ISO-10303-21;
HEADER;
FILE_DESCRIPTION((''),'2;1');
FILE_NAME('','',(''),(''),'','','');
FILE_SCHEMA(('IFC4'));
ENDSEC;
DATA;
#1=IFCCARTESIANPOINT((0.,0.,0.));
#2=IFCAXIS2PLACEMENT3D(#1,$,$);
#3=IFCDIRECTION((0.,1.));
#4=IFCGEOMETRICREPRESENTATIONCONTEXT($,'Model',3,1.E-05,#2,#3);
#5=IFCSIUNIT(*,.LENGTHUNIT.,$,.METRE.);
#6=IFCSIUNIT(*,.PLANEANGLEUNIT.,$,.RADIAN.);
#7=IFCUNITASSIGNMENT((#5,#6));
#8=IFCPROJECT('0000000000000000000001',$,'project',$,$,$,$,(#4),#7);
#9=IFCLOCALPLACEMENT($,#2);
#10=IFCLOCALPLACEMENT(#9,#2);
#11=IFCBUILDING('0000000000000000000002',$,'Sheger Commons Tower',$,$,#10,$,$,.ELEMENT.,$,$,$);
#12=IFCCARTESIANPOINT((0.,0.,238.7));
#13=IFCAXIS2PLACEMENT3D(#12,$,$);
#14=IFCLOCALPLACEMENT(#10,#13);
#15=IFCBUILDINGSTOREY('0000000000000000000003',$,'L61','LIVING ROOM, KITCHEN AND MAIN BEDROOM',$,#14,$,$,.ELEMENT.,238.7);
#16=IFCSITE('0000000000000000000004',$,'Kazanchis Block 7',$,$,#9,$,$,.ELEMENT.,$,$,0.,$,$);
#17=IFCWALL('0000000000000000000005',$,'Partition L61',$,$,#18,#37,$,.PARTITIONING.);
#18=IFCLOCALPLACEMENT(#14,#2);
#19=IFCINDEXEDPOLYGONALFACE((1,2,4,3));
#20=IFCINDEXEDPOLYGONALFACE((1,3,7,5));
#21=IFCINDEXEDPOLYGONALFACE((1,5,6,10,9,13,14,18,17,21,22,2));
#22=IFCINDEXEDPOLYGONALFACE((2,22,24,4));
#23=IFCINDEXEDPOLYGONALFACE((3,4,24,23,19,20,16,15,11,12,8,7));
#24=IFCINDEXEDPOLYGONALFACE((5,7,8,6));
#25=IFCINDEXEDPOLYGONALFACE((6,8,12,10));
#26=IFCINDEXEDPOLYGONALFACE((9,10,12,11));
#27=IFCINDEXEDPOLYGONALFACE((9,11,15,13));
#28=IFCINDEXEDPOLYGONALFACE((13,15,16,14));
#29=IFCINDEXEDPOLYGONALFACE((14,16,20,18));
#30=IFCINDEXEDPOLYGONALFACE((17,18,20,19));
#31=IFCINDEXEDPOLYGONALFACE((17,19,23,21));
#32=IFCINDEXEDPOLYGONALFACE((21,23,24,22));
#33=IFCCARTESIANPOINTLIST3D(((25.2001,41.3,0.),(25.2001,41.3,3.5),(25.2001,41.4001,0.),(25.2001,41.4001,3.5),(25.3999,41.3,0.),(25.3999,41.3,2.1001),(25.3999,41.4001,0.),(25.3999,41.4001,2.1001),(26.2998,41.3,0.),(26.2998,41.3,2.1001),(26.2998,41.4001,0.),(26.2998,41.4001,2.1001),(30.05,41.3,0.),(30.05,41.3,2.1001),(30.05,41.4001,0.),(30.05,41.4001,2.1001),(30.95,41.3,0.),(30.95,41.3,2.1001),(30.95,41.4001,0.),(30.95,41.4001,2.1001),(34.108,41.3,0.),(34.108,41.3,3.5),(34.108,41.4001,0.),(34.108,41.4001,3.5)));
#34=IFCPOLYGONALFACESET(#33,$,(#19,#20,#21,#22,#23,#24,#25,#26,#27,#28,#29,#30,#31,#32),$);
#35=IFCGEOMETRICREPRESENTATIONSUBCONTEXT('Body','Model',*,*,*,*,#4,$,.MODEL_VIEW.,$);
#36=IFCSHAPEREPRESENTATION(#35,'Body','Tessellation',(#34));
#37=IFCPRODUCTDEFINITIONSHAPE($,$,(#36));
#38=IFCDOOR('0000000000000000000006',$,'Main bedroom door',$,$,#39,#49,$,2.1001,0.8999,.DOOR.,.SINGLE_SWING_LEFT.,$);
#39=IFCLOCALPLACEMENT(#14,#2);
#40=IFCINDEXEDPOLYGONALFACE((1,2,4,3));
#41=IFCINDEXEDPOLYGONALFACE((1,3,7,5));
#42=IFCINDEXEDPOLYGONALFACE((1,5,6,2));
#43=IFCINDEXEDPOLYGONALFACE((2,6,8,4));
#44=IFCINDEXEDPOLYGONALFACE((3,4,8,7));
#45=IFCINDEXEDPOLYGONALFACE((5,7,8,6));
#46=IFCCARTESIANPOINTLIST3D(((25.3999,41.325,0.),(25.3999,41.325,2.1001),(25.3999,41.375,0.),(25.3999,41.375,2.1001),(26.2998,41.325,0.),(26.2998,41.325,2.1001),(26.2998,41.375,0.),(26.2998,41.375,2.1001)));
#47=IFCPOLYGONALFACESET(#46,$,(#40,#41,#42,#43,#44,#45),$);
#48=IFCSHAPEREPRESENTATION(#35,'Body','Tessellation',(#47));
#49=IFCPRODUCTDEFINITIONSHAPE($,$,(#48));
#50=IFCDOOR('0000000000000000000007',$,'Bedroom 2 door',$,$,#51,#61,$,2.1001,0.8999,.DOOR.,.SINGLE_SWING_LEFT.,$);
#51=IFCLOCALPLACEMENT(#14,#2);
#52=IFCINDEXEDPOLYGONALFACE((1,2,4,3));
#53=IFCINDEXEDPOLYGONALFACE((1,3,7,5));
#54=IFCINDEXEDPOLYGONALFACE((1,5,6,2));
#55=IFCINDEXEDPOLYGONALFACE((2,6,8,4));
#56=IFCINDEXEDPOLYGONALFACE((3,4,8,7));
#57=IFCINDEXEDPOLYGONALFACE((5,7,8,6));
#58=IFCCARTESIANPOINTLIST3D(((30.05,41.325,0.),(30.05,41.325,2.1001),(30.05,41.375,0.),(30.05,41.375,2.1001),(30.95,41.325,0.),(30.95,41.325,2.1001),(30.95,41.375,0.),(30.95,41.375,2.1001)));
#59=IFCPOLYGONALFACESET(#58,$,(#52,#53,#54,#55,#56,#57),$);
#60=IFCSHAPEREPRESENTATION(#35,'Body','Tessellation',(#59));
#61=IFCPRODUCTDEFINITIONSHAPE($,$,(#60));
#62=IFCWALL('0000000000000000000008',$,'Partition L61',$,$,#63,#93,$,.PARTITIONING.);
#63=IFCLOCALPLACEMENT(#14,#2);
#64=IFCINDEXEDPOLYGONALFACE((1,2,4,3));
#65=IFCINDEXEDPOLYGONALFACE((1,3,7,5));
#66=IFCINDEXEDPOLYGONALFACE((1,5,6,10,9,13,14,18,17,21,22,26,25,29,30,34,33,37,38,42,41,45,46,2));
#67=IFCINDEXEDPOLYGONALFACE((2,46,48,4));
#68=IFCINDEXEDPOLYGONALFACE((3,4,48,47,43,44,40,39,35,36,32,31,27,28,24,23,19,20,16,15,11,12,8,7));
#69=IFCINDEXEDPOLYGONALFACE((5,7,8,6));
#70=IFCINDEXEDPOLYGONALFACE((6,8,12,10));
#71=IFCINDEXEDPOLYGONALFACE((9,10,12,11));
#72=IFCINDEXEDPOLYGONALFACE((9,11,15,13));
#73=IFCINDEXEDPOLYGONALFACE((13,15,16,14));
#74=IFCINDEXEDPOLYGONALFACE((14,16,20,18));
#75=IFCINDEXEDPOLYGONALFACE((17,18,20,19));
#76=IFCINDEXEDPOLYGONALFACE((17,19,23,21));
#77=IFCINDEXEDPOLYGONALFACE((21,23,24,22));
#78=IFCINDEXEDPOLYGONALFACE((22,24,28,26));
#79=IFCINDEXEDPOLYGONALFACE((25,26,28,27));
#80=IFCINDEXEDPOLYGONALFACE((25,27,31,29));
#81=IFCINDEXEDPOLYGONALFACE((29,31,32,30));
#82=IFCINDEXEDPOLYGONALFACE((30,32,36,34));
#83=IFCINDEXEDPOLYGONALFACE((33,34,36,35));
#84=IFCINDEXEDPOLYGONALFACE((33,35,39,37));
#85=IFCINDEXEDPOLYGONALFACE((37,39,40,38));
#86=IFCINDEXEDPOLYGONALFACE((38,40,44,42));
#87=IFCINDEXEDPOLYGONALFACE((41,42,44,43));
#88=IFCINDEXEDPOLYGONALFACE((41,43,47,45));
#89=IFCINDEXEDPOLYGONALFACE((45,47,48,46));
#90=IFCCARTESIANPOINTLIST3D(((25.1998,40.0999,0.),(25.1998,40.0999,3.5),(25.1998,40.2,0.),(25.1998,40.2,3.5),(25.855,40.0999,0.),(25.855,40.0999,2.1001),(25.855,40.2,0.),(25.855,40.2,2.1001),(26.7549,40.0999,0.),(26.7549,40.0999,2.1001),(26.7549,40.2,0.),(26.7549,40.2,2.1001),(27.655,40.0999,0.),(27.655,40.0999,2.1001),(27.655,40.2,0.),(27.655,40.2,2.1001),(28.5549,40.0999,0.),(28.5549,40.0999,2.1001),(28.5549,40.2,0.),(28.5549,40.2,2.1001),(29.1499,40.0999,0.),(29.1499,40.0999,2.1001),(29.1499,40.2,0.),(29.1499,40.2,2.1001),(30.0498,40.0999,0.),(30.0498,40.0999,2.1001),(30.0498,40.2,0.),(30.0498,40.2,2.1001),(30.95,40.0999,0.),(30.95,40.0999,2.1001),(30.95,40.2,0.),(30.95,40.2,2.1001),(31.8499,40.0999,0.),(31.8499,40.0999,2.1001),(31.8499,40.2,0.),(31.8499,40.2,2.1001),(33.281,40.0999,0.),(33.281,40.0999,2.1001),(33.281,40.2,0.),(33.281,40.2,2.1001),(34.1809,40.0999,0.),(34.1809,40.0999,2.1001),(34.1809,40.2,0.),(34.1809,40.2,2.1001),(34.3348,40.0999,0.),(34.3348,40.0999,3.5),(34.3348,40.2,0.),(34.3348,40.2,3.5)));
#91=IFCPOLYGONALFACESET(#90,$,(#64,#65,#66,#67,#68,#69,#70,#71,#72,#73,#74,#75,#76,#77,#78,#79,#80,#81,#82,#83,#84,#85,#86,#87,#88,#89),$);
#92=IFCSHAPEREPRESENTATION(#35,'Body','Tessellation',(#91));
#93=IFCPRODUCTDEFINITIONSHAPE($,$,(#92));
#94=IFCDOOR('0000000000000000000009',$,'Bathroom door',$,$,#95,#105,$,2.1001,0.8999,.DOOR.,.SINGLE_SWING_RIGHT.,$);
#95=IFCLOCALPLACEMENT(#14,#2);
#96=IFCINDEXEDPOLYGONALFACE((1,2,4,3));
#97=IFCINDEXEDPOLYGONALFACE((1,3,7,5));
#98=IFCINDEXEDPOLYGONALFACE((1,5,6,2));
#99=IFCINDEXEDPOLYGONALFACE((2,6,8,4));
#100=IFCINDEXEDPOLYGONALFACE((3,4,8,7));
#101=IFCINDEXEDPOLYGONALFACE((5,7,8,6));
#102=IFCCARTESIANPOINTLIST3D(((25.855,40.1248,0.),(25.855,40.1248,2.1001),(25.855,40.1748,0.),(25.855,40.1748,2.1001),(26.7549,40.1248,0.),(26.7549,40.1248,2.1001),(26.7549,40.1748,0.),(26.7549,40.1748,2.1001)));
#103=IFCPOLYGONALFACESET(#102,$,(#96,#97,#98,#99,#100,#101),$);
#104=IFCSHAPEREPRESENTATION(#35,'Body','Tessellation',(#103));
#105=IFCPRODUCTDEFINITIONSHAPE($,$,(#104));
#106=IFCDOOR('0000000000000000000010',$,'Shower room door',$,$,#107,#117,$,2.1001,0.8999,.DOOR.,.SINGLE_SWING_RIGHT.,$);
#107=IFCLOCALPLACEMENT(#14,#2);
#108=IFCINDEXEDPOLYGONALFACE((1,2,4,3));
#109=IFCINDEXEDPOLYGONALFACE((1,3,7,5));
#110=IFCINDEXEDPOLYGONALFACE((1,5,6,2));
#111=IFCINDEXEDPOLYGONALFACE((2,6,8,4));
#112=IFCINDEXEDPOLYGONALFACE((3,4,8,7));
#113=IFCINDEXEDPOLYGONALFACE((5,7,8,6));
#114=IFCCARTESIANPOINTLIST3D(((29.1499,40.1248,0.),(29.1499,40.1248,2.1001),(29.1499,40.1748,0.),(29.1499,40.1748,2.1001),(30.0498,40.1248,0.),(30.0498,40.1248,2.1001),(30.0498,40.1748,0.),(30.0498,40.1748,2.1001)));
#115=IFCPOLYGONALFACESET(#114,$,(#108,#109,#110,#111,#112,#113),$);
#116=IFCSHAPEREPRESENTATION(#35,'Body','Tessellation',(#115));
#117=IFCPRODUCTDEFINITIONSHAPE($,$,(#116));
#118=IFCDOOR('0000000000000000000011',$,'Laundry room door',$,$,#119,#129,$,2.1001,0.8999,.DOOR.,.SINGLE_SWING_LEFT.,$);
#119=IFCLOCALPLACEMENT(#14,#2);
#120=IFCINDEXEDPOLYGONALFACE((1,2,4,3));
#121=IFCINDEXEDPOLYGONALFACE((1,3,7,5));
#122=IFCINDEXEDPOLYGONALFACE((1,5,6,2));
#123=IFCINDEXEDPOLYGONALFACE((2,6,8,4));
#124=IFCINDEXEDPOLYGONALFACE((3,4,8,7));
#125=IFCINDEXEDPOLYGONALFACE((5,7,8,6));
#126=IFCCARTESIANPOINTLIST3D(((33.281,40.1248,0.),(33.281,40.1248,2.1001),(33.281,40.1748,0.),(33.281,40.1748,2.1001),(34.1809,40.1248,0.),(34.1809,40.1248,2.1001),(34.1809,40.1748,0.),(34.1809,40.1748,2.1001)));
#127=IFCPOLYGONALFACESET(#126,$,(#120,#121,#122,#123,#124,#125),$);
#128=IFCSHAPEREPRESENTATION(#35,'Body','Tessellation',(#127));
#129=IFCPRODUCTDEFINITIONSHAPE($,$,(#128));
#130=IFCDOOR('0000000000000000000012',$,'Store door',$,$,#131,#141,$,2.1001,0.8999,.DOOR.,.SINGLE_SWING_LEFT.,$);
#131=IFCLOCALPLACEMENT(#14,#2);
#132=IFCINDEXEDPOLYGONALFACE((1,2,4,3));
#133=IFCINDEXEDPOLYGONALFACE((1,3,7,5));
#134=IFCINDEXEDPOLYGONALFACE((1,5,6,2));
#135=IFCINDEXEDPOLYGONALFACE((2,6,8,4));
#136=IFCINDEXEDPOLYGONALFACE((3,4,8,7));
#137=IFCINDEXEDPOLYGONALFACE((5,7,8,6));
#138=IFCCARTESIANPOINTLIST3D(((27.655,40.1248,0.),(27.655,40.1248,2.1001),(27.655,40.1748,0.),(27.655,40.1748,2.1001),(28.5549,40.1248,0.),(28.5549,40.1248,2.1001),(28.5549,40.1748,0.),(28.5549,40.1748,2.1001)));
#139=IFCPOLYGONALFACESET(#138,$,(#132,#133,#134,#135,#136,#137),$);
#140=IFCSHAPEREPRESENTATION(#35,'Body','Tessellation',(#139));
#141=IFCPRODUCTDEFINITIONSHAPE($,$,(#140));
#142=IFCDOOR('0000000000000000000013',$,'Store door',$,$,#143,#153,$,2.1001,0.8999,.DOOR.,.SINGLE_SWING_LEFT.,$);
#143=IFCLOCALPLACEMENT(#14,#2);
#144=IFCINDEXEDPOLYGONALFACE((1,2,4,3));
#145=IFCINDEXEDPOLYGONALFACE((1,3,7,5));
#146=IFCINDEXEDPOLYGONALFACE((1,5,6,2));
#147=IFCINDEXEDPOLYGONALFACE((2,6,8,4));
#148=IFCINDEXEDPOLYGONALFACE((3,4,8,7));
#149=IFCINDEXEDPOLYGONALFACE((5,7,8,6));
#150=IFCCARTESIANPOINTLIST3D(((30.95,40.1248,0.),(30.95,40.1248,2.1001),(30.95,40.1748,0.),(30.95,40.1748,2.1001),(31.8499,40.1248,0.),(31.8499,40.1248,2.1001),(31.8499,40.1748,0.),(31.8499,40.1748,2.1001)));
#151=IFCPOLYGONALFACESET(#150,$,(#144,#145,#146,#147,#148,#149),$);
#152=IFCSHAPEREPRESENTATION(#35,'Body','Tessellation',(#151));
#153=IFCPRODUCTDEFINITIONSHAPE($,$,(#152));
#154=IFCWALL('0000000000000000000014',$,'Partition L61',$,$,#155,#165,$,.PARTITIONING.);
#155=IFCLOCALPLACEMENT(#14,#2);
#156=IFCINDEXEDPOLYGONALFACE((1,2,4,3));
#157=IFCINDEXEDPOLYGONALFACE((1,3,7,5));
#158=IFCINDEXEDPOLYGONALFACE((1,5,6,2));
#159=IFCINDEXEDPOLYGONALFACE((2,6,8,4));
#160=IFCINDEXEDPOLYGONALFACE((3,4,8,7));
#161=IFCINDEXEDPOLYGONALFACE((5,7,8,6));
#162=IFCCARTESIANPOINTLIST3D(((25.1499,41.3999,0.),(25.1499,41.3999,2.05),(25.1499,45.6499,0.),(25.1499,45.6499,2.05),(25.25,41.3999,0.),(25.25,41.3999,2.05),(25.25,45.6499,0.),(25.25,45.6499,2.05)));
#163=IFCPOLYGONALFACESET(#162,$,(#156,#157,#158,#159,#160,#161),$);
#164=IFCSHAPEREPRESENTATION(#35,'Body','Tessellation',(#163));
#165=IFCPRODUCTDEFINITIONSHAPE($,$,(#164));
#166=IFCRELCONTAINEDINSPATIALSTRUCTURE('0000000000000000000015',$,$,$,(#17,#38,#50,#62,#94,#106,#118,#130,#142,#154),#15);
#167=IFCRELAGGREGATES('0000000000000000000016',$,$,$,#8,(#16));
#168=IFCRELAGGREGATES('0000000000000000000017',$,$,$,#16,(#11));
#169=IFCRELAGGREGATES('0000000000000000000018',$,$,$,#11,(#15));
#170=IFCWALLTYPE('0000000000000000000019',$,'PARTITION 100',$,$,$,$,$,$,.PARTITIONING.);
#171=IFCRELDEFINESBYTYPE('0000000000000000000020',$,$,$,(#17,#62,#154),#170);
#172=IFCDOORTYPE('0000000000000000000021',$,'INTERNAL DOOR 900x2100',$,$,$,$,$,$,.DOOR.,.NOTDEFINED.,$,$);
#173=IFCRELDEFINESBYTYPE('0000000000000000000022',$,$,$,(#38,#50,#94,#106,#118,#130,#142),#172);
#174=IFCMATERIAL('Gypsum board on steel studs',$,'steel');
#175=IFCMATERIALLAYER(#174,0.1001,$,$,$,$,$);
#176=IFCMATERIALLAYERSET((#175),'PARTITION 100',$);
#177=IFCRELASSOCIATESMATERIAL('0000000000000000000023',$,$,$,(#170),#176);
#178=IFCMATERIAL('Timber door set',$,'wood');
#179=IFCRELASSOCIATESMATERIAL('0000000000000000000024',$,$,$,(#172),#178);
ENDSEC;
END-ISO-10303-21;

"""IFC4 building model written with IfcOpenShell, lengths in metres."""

from ifc_helpers import new_model, si_unit, direction, frame, frame_2d, origin, place, context, subcontext, project, spatial, rectangle, extrude, material, layer, layer_set, type_object, element, fill, save


model = new_model("IFC4")

# Units and contexts
model_context = context("Model", 3, precision=1e-05, world=origin(), true_north=direction((0.0, 1.0)))
body_context = subcontext(model_context, "Body", "Model", "MODEL_VIEW")
ifc_project = project(units=[si_unit("LENGTHUNIT", "METRE"), si_unit("PLANEANGLEUNIT", "RADIAN")], contexts=[model_context])

# Site, building, storey
site_placement = place(None, origin())
site = spatial("IfcSite", under=ifc_project, at=site_placement, Name="Kazanchis Block 7", CompositionType="ELEMENT", RefElevation=0.0)
building_placement = place(site_placement, origin())
building = spatial("IfcBuilding", under=site, at=building_placement, Name="Sheger Commons Tower", CompositionType="ELEMENT")
storey_placement = place(building_placement, frame((0.0, 0.0, 238.7)))
storey = spatial("IfcBuildingStorey", under=building, at=storey_placement, Name="L61", Description="LIVING ROOM, KITCHEN AND MAIN BEDROOM", CompositionType="ELEMENT", Elevation=238.7)

# Walls, openings, doors
ifc_material_1 = material(Name="Gypsum board on steel studs", Category="steel")
ifc_layer_1 = layer(ifc_material_1, 0.1001)
ifc_layer_set_1 = layer_set([ifc_layer_1], Name="PARTITION 100")
wall_type_1 = type_object("IfcWallType", Name="PARTITION 100", PredefinedType="PARTITIONING", material=ifc_layer_set_1)
wall_1_placement = place(storey_placement, frame((25.2, 41.3501, 0.0), z_axis=(0.0, 0.0, 1.0), x_axis=(1.0, 0.0, 0.0)))
wall_1 = element("IfcWall", 1, at=wall_1_placement, inside=storey, type_object=wall_type_1, Name="Partition L61", PredefinedType="PARTITIONING", context=body_context, shape_type="SweptSolid", body=[
    extrude(rectangle(XDim=8.908, YDim=0.1001, at=frame_2d((4.4541, 0.0))), origin(), (0.0, 0.0, 1.0), 3.5),
])
opening_1_placement = place(wall_1_placement, frame((0.2, 0.0, 0.0)))
opening_1 = element("IfcOpeningElement", 2, at=opening_1_placement, cuts=wall_1, PredefinedType="OPENING", context=body_context, shape_type="SweptSolid", body=[
    extrude(rectangle(XDim=0.8999, YDim=2.1001, at=frame_2d((0.45, 1.05))), frame((0.0, 0.0601, 0.0), z_axis=(0.0, -1.0, 0.0), x_axis=(1.0, 0.0, 0.0)), (0.0, 0.0, 1.0), 0.1201),
])
opening_2_placement = place(wall_1_placement, frame((4.8501, 0.0, 0.0)))
opening_2 = element("IfcOpeningElement", 3, at=opening_2_placement, cuts=wall_1, PredefinedType="OPENING", context=body_context, shape_type="SweptSolid", body=[
    extrude(rectangle(XDim=0.8999, YDim=2.1001, at=frame_2d((0.45, 1.05))), frame((0.0, 0.0601, 0.0), z_axis=(0.0, -1.0, 0.0), x_axis=(1.0, 0.0, 0.0)), (0.0, 0.0, 1.0), 0.1201),
])
ifc_material_2 = material(Name="Timber door set", Category="wood")
door_type_1 = type_object("IfcDoorType", Name="INTERNAL DOOR 900x2100", OperationType="NOTDEFINED", PredefinedType="DOOR", material=ifc_material_2)
door_1_placement = place(opening_1_placement, origin())
door_1 = element("IfcDoor", 4, at=door_1_placement, inside=storey, type_object=door_type_1, Name="Main bedroom door", OperationType="SINGLE_SWING_LEFT", OverallHeight=2.1001, OverallWidth=0.8999, PredefinedType="DOOR", context=body_context, shape_type="SweptSolid", body=[
    extrude(rectangle(XDim=0.8999, YDim=2.1001, at=frame_2d((0.45, 1.05))), frame((0.0, 0.0249, 0.0), z_axis=(0.0, -1.0, 0.0), x_axis=(1.0, 0.0, 0.0)), (0.0, 0.0, 1.0), 0.05),
])
fill(opening_1, door_1)
door_2_placement = place(opening_2_placement, origin())
door_2 = element("IfcDoor", 5, at=door_2_placement, inside=storey, type_object=door_type_1, Name="Bedroom 2 door", OperationType="SINGLE_SWING_LEFT", OverallHeight=2.1001, OverallWidth=0.8999, PredefinedType="DOOR", context=body_context, shape_type="SweptSolid", body=[
    extrude(rectangle(XDim=0.8999, YDim=2.1001, at=frame_2d((0.45, 1.05))), frame((0.0, 0.0249, 0.0), z_axis=(0.0, -1.0, 0.0), x_axis=(1.0, 0.0, 0.0)), (0.0, 0.0, 1.0), 0.05),
])
fill(opening_2, door_2)
wall_2_placement = place(storey_placement, frame((25.2, 40.1499, 0.0), z_axis=(0.0, 0.0, 1.0), x_axis=(1.0, 0.0, 0.0)))
wall_2 = element("IfcWall", 6, at=wall_2_placement, inside=storey, type_object=wall_type_1, Name="Partition L61", PredefinedType="PARTITIONING", context=body_context, shape_type="SweptSolid", body=[
    extrude(rectangle(XDim=9.135, YDim=0.1001, at=frame_2d((4.5674, 0.0))), origin(), (0.0, 0.0, 1.0), 3.5),
])
opening_3_placement = place(wall_2_placement, frame((0.655, 0.0, 0.0)))
opening_3 = element("IfcOpeningElement", 7, at=opening_3_placement, cuts=wall_2, PredefinedType="OPENING", context=body_context, shape_type="SweptSolid", body=[
    extrude(rectangle(XDim=0.8999, YDim=2.1001, at=frame_2d((0.45, 1.05))), frame((0.0, 0.0601, 0.0), z_axis=(0.0, -1.0, 0.0), x_axis=(1.0, 0.0, 0.0)), (0.0, 0.0, 1.0), 0.1201),
])
opening_4_placement = place(wall_2_placement, frame((3.95, 0.0, 0.0)))
opening_4 = element("IfcOpeningElement", 8, at=opening_4_placement, cuts=wall_2, PredefinedType="OPENING", context=body_context, shape_type="SweptSolid", body=[
    extrude(rectangle(XDim=0.8999, YDim=2.1001, at=frame_2d((0.45, 1.05))), frame((0.0, 0.0601, 0.0), z_axis=(0.0, -1.0, 0.0), x_axis=(1.0, 0.0, 0.0)), (0.0, 0.0, 1.0), 0.1201),
])
opening_5_placement = place(wall_2_placement, frame((8.0811, 0.0, 0.0)))
opening_5 = element("IfcOpeningElement", 9, at=opening_5_placement, cuts=wall_2, PredefinedType="OPENING", context=body_context, shape_type="SweptSolid", body=[
    extrude(rectangle(XDim=0.8999, YDim=2.1001, at=frame_2d((0.45, 1.05))), frame((0.0, 0.0601, 0.0), z_axis=(0.0, -1.0, 0.0), x_axis=(1.0, 0.0, 0.0)), (0.0, 0.0, 1.0), 0.1201),
])
opening_6_placement = place(wall_2_placement, frame((2.4551, 0.0, 0.0)))
opening_6 = element("IfcOpeningElement", 10, at=opening_6_placement, cuts=wall_2, PredefinedType="OPENING", context=body_context, shape_type="SweptSolid", body=[
    extrude(rectangle(XDim=0.8999, YDim=2.1001, at=frame_2d((0.45, 1.05))), frame((0.0, 0.0601, 0.0), z_axis=(0.0, -1.0, 0.0), x_axis=(1.0, 0.0, 0.0)), (0.0, 0.0, 1.0), 0.1201),
])
opening_7_placement = place(wall_2_placement, frame((5.75, 0.0, 0.0)))
opening_7 = element("IfcOpeningElement", 11, at=opening_7_placement, cuts=wall_2, PredefinedType="OPENING", context=body_context, shape_type="SweptSolid", body=[
    extrude(rectangle(XDim=0.8999, YDim=2.1001, at=frame_2d((0.45, 1.05))), frame((0.0, 0.0601, 0.0), z_axis=(0.0, -1.0, 0.0), x_axis=(1.0, 0.0, 0.0)), (0.0, 0.0, 1.0), 0.1201),
])
door_3_placement = place(opening_3_placement, origin())
door_3 = element("IfcDoor", 12, at=door_3_placement, inside=storey, type_object=door_type_1, Name="Bathroom door", OperationType="SINGLE_SWING_RIGHT", OverallHeight=2.1001, OverallWidth=0.8999, PredefinedType="DOOR", context=body_context, shape_type="SweptSolid", body=[
    extrude(rectangle(XDim=0.8999, YDim=2.1001, at=frame_2d((0.45, 1.05))), frame((0.0, 0.0249, 0.0), z_axis=(0.0, -1.0, 0.0), x_axis=(1.0, 0.0, 0.0)), (0.0, 0.0, 1.0), 0.05),
])
fill(opening_3, door_3)
door_4_placement = place(opening_4_placement, origin())
door_4 = element("IfcDoor", 13, at=door_4_placement, inside=storey, type_object=door_type_1, Name="Shower room door", OperationType="SINGLE_SWING_RIGHT", OverallHeight=2.1001, OverallWidth=0.8999, PredefinedType="DOOR", context=body_context, shape_type="SweptSolid", body=[
    extrude(rectangle(XDim=0.8999, YDim=2.1001, at=frame_2d((0.45, 1.05))), frame((0.0, 0.0249, 0.0), z_axis=(0.0, -1.0, 0.0), x_axis=(1.0, 0.0, 0.0)), (0.0, 0.0, 1.0), 0.05),
])
fill(opening_4, door_4)
door_5_placement = place(opening_5_placement, origin())
door_5 = element("IfcDoor", 14, at=door_5_placement, inside=storey, type_object=door_type_1, Name="Laundry room door", OperationType="SINGLE_SWING_LEFT", OverallHeight=2.1001, OverallWidth=0.8999, PredefinedType="DOOR", context=body_context, shape_type="SweptSolid", body=[
    extrude(rectangle(XDim=0.8999, YDim=2.1001, at=frame_2d((0.45, 1.05))), frame((0.0, 0.0249, 0.0), z_axis=(0.0, -1.0, 0.0), x_axis=(1.0, 0.0, 0.0)), (0.0, 0.0, 1.0), 0.05),
])
fill(opening_5, door_5)
door_6_placement = place(opening_6_placement, origin())
door_6 = element("IfcDoor", 15, at=door_6_placement, inside=storey, type_object=door_type_1, Name="Store door", OperationType="SINGLE_SWING_LEFT", OverallHeight=2.1001, OverallWidth=0.8999, PredefinedType="DOOR", context=body_context, shape_type="SweptSolid", body=[
    extrude(rectangle(XDim=0.8999, YDim=2.1001, at=frame_2d((0.45, 1.05))), frame((0.0, 0.0249, 0.0), z_axis=(0.0, -1.0, 0.0), x_axis=(1.0, 0.0, 0.0)), (0.0, 0.0, 1.0), 0.05),
])
fill(opening_6, door_6)
door_7_placement = place(opening_7_placement, origin())
door_7 = element("IfcDoor", 16, at=door_7_placement, inside=storey, type_object=door_type_1, Name="Store door", OperationType="SINGLE_SWING_LEFT", OverallHeight=2.1001, OverallWidth=0.8999, PredefinedType="DOOR", context=body_context, shape_type="SweptSolid", body=[
    extrude(rectangle(XDim=0.8999, YDim=2.1001, at=frame_2d((0.45, 1.05))), frame((0.0, 0.0249, 0.0), z_axis=(0.0, -1.0, 0.0), x_axis=(1.0, 0.0, 0.0)), (0.0, 0.0, 1.0), 0.05),
])
fill(opening_7, door_7)

# Wall
wall_3_placement = place(storey_placement, frame((25.2, 41.3999, 0.0), z_axis=(0.0, 0.0, 1.0), x_axis=(0.0, 1.0, 0.0)))
element("IfcWall", 17, at=wall_3_placement, inside=storey, type_object=wall_type_1, Name="Partition L61", PredefinedType="PARTITIONING", context=body_context, shape_type="SweptSolid", body=[
    extrude(rectangle(XDim=4.25, YDim=0.1001, at=frame_2d((2.125, 0.0))), origin(), (0.0, 0.0, 1.0), 2.05),
])

save(model, "model.ifc")
